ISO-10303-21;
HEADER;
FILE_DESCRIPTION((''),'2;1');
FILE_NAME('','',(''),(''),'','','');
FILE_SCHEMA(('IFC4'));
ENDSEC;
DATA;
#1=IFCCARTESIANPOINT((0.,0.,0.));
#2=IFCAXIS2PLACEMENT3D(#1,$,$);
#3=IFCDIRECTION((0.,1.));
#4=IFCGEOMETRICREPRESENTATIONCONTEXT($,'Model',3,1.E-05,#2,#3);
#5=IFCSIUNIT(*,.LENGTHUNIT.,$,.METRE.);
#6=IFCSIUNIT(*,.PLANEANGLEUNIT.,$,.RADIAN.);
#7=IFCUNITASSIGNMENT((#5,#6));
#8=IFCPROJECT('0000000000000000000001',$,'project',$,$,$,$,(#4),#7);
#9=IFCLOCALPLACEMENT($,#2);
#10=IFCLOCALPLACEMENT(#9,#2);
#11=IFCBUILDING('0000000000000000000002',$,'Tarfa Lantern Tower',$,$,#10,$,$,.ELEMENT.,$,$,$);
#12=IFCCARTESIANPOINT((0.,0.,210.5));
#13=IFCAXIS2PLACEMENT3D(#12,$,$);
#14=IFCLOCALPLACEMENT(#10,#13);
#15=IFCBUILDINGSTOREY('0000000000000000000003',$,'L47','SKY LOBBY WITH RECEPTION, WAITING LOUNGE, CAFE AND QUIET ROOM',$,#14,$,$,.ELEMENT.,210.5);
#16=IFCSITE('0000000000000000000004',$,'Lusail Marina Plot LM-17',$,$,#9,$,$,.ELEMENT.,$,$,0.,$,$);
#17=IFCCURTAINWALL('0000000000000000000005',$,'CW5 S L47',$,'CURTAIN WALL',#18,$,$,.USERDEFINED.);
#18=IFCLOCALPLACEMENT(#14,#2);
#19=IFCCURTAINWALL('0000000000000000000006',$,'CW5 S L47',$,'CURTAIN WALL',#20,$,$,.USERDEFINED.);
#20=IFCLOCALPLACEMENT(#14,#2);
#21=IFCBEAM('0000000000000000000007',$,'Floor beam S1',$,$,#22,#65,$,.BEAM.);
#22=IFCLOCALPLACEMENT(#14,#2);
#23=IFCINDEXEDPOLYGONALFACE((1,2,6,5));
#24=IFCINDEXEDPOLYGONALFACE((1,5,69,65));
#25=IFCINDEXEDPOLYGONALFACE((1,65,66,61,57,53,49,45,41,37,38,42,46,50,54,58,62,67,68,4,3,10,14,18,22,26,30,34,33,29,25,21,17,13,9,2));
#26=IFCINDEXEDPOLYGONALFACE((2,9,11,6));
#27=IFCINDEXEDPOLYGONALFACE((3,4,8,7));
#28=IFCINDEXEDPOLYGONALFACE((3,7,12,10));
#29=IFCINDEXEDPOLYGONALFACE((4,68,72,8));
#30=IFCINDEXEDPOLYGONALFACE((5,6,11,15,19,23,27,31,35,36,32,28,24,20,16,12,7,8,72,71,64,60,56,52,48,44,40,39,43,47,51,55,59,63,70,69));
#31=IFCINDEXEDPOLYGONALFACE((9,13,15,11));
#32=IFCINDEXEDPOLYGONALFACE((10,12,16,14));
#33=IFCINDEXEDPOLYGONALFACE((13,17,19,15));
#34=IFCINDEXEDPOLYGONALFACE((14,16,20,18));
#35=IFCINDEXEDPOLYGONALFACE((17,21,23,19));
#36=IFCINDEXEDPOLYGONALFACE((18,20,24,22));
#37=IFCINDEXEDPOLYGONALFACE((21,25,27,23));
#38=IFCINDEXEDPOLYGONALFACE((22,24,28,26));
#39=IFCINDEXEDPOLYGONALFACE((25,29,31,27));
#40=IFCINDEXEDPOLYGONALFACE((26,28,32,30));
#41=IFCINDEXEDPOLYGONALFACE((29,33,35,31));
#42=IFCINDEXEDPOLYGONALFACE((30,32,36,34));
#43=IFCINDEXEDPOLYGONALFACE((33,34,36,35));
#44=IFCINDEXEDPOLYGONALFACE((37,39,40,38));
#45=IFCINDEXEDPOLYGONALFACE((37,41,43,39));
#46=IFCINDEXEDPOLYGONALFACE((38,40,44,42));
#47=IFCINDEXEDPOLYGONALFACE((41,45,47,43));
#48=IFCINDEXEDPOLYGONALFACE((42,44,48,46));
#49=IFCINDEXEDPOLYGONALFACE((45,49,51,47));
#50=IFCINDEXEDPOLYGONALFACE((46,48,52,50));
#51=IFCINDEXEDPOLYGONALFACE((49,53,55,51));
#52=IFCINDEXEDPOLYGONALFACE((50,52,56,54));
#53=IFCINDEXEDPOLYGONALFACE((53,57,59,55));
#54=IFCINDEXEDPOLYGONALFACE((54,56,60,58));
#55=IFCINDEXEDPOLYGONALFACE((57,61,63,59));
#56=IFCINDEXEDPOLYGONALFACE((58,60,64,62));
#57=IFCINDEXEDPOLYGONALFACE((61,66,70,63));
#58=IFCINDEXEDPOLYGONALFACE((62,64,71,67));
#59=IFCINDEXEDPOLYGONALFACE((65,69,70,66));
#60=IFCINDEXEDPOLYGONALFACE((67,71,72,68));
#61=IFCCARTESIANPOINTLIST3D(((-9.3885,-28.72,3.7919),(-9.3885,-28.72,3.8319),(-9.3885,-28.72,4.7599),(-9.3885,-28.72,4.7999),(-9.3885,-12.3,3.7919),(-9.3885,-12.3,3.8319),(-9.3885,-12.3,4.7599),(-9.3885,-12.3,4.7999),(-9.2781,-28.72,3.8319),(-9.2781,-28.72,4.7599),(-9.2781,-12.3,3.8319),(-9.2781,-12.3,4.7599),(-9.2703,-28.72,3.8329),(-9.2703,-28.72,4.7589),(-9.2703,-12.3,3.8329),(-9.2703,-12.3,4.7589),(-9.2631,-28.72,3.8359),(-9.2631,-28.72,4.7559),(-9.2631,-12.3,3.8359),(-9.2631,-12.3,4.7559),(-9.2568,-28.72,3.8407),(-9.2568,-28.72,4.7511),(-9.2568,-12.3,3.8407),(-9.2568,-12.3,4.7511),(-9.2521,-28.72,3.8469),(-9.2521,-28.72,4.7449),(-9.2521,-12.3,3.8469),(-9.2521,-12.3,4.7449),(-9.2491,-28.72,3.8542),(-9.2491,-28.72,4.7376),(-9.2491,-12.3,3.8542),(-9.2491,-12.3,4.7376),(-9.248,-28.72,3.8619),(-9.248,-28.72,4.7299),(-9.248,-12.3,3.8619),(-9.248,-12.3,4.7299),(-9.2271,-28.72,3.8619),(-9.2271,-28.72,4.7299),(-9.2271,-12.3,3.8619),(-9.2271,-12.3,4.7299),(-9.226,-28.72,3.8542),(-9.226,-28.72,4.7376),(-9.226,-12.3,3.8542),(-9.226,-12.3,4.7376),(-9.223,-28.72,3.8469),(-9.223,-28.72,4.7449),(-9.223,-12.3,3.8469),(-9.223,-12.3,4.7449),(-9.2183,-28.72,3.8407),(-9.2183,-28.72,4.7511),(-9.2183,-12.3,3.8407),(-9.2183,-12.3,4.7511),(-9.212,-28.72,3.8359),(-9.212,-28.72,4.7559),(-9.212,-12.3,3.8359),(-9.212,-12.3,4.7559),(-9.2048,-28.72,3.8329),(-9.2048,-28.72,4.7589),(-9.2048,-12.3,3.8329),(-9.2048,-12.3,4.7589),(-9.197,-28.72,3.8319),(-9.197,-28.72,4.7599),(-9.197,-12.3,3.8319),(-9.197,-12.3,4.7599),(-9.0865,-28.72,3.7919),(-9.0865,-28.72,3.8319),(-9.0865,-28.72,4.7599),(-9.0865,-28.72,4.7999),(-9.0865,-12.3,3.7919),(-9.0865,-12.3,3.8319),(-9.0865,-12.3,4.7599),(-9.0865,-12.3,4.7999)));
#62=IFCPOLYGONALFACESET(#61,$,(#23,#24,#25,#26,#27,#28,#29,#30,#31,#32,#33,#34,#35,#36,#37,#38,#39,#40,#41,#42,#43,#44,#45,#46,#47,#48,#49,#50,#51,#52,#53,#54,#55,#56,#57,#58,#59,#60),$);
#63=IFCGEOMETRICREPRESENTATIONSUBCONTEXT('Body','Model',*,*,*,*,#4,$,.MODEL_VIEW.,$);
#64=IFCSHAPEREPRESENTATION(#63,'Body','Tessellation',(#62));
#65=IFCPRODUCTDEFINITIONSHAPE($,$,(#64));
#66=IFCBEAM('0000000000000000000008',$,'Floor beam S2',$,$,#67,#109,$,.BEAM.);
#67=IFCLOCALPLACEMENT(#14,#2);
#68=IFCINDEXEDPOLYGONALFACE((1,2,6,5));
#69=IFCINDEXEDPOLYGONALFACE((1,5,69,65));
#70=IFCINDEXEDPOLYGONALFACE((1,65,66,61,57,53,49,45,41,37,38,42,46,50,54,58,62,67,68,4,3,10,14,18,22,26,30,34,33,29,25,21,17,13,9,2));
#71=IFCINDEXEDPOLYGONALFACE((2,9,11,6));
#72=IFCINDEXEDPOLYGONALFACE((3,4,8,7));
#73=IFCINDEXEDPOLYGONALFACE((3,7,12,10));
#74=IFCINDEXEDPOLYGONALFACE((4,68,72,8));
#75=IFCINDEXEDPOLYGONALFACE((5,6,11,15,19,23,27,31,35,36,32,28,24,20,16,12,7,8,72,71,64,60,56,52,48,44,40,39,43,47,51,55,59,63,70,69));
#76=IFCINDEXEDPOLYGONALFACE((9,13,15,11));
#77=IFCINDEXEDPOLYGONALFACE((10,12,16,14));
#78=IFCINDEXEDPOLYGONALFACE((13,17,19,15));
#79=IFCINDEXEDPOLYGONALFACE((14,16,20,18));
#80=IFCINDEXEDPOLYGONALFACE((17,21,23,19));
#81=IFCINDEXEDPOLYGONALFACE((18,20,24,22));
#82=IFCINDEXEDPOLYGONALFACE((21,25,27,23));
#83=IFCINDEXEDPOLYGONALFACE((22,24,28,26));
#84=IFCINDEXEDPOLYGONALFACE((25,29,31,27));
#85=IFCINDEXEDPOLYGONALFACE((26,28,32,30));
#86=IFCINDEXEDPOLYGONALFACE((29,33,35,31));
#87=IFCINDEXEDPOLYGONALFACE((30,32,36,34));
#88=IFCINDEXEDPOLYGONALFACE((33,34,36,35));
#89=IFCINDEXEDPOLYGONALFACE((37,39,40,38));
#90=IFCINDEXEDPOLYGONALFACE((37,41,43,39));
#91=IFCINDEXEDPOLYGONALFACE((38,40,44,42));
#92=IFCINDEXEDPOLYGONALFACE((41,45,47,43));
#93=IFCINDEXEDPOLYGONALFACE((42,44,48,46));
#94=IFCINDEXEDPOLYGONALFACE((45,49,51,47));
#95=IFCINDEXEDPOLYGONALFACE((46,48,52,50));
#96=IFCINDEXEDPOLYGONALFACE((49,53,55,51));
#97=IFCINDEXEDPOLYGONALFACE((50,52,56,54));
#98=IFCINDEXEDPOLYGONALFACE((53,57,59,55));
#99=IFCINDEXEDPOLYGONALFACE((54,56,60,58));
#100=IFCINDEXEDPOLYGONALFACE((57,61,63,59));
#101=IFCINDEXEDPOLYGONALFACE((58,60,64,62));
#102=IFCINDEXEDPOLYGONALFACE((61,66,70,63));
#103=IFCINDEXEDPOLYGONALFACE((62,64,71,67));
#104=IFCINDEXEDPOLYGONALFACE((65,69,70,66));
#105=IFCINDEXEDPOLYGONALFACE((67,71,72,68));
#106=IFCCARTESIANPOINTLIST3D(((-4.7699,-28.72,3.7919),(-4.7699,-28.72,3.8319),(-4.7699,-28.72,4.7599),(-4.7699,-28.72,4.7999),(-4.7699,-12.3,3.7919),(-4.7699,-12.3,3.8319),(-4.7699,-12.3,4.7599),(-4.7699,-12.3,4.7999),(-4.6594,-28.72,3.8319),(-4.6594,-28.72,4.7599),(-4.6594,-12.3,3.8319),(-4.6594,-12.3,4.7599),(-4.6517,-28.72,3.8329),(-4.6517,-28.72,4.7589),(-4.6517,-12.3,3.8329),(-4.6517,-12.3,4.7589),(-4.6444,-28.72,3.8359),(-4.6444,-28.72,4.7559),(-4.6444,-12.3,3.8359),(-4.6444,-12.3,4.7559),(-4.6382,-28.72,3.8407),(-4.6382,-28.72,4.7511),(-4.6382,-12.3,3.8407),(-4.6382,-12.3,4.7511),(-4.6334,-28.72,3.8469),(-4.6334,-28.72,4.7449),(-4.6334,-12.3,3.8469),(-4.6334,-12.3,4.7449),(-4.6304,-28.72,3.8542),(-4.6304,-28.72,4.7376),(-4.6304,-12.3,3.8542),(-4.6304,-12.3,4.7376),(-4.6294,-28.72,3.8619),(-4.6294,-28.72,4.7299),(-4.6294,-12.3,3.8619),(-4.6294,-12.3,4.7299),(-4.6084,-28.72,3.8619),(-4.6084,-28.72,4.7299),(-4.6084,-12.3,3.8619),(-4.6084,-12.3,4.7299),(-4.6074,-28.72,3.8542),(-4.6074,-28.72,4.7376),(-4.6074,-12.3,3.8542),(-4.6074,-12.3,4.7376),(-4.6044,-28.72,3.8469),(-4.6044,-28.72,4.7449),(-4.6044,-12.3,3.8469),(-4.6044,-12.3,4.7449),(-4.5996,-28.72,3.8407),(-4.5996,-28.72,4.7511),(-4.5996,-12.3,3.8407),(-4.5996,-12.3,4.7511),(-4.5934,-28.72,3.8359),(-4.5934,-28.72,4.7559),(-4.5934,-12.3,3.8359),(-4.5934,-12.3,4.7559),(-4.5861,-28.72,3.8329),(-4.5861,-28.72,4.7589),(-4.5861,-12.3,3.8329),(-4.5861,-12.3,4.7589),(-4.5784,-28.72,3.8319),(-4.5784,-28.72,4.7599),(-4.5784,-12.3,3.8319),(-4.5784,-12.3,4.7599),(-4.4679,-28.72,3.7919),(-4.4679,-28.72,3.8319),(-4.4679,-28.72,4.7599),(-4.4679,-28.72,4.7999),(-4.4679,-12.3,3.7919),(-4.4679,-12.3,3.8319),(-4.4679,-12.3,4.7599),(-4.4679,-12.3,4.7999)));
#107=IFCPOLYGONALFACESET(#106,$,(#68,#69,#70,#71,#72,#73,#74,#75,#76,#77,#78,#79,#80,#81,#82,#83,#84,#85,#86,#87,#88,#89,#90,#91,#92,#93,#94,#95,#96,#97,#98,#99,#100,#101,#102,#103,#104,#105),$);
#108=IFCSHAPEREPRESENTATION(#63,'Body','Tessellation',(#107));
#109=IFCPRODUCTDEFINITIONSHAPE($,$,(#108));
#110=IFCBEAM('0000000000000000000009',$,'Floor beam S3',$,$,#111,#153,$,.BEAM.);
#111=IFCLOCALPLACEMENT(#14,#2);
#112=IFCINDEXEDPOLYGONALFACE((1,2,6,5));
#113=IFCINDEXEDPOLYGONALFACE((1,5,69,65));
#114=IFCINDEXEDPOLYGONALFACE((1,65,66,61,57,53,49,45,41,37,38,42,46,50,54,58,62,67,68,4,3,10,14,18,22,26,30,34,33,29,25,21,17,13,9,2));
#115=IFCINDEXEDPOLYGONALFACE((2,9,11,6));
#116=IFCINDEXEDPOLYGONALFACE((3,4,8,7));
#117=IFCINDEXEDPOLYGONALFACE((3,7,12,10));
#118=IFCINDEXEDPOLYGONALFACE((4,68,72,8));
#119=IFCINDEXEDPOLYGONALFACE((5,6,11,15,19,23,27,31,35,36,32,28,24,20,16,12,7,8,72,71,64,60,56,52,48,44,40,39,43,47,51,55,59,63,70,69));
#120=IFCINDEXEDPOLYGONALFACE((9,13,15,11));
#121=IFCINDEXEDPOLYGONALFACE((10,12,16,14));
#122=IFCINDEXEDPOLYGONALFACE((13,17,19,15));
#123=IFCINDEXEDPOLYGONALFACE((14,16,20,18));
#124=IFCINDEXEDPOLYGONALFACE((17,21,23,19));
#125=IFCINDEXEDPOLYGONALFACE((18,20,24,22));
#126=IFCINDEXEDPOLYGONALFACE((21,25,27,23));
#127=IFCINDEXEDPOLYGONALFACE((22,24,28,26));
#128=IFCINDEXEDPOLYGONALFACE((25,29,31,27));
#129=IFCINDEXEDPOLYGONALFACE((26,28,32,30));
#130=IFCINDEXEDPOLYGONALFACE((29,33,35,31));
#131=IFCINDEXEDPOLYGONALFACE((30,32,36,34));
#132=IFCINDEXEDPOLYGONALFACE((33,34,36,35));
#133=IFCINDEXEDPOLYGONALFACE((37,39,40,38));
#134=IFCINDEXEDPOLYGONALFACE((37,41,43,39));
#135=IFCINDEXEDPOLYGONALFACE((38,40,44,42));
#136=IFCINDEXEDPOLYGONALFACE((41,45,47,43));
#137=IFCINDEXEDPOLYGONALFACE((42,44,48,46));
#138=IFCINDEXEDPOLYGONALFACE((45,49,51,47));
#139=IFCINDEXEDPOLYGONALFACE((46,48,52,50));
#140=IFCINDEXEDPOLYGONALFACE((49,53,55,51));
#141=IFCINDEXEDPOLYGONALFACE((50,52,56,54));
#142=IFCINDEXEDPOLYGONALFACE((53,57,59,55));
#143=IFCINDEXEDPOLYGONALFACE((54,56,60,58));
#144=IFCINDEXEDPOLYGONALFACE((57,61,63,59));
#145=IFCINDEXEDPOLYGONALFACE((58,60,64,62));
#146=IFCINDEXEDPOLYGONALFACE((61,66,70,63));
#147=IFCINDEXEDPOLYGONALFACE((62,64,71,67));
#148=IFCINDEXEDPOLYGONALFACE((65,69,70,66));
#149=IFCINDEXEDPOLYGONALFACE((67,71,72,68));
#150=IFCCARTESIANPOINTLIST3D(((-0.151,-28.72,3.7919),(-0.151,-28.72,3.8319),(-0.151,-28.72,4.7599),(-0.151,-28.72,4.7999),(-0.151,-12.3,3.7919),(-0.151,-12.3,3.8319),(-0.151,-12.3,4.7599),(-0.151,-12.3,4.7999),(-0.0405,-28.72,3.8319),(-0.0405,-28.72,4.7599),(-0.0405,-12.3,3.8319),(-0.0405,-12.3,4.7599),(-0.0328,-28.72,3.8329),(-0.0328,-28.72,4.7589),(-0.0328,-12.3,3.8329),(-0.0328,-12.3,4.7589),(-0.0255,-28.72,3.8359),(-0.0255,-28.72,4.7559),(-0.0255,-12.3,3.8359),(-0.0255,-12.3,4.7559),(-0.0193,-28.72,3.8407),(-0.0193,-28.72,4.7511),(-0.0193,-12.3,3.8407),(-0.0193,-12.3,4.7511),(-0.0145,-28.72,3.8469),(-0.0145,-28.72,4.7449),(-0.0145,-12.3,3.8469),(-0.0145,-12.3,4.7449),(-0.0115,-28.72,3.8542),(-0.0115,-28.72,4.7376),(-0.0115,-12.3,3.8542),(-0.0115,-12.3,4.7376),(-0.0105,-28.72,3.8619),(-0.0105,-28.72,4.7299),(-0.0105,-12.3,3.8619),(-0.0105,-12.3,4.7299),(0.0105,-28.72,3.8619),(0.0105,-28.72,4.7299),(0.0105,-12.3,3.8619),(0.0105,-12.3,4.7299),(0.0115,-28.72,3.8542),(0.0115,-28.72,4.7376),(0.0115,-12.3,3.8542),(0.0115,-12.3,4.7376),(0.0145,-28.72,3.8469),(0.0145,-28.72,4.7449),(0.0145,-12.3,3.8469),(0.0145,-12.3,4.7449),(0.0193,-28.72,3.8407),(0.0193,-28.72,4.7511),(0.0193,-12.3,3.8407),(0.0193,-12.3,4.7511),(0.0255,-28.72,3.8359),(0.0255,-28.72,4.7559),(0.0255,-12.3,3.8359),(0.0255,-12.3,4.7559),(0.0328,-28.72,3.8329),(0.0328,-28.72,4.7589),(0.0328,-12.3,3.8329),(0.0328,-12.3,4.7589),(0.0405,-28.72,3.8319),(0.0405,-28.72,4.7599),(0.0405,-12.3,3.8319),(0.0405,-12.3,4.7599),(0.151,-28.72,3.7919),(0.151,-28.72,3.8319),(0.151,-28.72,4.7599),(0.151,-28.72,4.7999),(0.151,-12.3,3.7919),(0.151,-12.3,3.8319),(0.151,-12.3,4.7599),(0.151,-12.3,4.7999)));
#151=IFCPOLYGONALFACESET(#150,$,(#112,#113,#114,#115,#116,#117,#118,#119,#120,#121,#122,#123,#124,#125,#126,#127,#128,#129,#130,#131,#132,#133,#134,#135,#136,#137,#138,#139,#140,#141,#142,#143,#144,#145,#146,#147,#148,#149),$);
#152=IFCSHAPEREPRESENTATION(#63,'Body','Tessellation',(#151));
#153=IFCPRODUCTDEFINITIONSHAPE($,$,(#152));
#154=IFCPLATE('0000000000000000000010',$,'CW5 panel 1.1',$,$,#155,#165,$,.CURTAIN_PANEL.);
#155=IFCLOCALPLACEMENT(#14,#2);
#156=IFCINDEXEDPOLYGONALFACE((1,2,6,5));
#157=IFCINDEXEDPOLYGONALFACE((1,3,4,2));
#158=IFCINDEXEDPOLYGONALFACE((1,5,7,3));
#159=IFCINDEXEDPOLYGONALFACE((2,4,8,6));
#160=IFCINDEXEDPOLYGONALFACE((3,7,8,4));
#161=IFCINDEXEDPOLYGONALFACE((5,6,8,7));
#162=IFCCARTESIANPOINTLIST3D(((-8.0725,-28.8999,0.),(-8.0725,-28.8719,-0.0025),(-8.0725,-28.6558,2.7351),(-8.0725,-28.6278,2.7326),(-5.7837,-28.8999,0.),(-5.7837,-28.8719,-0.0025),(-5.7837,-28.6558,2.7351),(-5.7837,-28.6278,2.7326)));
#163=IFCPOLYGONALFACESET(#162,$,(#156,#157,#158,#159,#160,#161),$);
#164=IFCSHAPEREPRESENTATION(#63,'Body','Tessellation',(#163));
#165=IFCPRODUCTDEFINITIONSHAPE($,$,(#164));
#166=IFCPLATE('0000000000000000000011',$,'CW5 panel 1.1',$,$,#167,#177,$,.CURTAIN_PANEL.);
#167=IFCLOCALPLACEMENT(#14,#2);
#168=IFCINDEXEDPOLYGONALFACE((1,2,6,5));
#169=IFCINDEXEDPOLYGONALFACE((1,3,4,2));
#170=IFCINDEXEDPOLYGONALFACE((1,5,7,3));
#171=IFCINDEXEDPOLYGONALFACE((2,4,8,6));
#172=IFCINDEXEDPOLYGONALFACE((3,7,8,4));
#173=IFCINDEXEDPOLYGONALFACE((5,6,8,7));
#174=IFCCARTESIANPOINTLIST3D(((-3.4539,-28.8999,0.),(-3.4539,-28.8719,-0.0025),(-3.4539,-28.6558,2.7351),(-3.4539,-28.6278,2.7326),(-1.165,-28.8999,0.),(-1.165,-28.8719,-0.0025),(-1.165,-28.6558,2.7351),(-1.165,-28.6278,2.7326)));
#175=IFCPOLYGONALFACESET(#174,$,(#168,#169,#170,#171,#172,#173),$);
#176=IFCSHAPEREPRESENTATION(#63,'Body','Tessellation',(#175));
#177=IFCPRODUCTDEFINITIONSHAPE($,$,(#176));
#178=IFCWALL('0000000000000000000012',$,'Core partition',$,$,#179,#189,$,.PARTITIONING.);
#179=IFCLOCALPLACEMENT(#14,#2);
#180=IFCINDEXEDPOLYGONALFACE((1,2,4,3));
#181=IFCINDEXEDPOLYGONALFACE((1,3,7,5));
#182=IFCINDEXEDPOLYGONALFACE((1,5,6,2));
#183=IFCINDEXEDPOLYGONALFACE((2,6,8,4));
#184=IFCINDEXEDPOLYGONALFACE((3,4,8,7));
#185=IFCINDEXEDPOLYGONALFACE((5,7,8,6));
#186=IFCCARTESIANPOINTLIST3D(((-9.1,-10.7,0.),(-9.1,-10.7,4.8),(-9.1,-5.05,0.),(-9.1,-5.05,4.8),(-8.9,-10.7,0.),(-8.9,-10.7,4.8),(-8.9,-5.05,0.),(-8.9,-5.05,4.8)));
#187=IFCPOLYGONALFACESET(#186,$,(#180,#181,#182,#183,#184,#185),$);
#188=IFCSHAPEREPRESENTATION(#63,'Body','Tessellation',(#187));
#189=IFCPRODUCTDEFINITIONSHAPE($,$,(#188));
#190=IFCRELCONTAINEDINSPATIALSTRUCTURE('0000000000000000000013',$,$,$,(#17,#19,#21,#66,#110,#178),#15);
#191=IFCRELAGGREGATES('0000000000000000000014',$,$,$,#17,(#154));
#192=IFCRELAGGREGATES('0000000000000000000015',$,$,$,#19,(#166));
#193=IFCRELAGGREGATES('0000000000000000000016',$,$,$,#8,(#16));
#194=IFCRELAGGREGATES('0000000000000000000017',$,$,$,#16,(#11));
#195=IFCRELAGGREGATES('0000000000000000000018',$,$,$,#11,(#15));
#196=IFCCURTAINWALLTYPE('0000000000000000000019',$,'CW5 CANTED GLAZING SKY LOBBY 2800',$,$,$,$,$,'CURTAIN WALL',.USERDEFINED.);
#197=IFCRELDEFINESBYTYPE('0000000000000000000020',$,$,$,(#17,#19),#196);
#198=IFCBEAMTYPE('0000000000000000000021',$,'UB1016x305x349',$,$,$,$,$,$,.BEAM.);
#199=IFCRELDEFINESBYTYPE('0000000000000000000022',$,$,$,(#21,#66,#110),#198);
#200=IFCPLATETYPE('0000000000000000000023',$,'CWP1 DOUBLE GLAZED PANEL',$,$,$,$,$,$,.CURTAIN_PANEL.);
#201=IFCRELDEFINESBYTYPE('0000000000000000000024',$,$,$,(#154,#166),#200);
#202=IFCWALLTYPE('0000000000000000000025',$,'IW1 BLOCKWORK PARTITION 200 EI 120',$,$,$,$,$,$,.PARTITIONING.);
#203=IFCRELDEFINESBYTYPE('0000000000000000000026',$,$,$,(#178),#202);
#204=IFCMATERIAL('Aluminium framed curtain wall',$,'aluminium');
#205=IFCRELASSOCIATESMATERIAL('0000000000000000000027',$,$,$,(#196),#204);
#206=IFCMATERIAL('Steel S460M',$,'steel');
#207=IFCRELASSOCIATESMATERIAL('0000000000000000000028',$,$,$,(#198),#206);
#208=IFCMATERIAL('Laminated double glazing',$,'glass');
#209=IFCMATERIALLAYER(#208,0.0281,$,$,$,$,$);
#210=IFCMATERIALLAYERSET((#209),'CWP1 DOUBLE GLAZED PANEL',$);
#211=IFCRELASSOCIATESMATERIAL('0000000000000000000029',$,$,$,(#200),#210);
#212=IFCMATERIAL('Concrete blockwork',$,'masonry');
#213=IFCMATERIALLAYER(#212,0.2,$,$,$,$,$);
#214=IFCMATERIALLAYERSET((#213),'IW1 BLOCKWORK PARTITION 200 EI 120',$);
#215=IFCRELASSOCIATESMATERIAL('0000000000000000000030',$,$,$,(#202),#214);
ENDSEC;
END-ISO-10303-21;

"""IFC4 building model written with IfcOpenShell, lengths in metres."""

from ifc_helpers import new_model, si_unit, direction, frame, frame_2d, origin, origin_2d, place, context, subcontext, project, spatial, polyline, rectangle, i_section, outline, extrude, material, layer, layer_set, material_profile, profile_set, type_object, element, aggregate, save


model = new_model("IFC4")

# Units and contexts
model_context = context("Model", 3, precision=1e-05, world=origin(), true_north=direction((0.0, 1.0)))
body_context = subcontext(model_context, "Body", "Model", "MODEL_VIEW")
ifc_project = project(units=[si_unit("LENGTHUNIT", "METRE"), si_unit("PLANEANGLEUNIT", "RADIAN")], contexts=[model_context])

# Site, building, storey
site_placement = place(None, origin())
site = spatial("IfcSite", under=ifc_project, at=site_placement, Name="Lusail Marina Plot LM-17", CompositionType="ELEMENT", RefElevation=0.0)
building_placement = place(site_placement, origin())
building = spatial("IfcBuilding", under=site, at=building_placement, Name="Tarfa Lantern Tower", CompositionType="ELEMENT")
storey_placement = place(building_placement, frame((0.0, 0.0, 210.5)))
storey = spatial("IfcBuildingStorey", under=building, at=storey_placement, Name="L47", Description="SKY LOBBY WITH RECEPTION, WAITING LOUNGE, CAFE AND QUIET ROOM", CompositionType="ELEMENT", Elevation=210.5)

# Shared definitions
ifc_material_1 = material(Name="Steel S460M", Category="steel")

# Shared definitions
ifc_material_2 = material(Name="Aluminium framed curtain wall", Category="aluminium")
curtain_wall_type = type_object("IfcCurtainWallType", Name="CW5 CANTED GLAZING SKY LOBBY 2800", ElementType="CURTAIN WALL", PredefinedType="USERDEFINED", material=ifc_material_2)

# Curtain walls
curtain_wall_1_placement = place(storey_placement, origin())
curtain_wall_1 = element("IfcCurtainWall", 1, at=curtain_wall_1_placement, inside=storey, type_object=curtain_wall_type, Name="CW5 S L47", ObjectType="CURTAIN WALL", PredefinedType="USERDEFINED")
curtain_wall_2_placement = place(storey_placement, origin())
curtain_wall_2 = element("IfcCurtainWall", 2, at=curtain_wall_2_placement, inside=storey, type_object=curtain_wall_type, Name="CW5 S L47", ObjectType="CURTAIN WALL", PredefinedType="USERDEFINED")

# Beams
ifc_material_profile_1 = material_profile(ifc_material_1, i_section(OverallWidth=0.302, OverallDepth=1.0081, WebThickness=0.021, FlangeThickness=0.04, FilletRadius=0.03, at=origin_2d()), Name="UB1016x305x349")
ifc_profile_set_1 = profile_set([ifc_material_profile_1], Name="Steel S460M")
beam_type_1 = type_object("IfcBeamType", Name="UB1016x305x349", PredefinedType="BEAM", material=ifc_profile_set_1)
for number, where, z_axis, x_axis, name in (
    (3, (-9.2375, -28.72, 4.2959), (0.0, 1.0, 0.0), (-1.0, 0.0, 0.0), "Floor beam S1"),
    (4, (-4.6189, -28.72, 4.2959), (0.0, 1.0, 0.0), (-1.0, 0.0, 0.0), "Floor beam S2"),
    (5, (0.0, -28.72, 4.2959), (0.0, 1.0, 0.0), (-1.0, 0.0, 0.0), "Floor beam S3"),
):
    element("IfcBeam", number, at=place(storey_placement, frame(where, z_axis=z_axis, x_axis=x_axis)), inside=storey, type_object=beam_type_1, Name=name, PredefinedType="BEAM", context=body_context, shape_type="SweptSolid", body=[
        extrude(i_section(OverallWidth=0.302, OverallDepth=1.0081, WebThickness=0.021, FlangeThickness=0.04, FilletRadius=0.03, at=origin_2d()), origin(), (0.0, 0.0, 1.0), 16.4199),
    ])

# Plates
ifc_material_3 = material(Name="Laminated double glazing", Category="glass")
ifc_layer_1 = layer(ifc_material_3, 0.0281)
ifc_layer_set_1 = layer_set([ifc_layer_1], Name="CWP1 DOUBLE GLAZED PANEL")
plate_type = type_object("IfcPlateType", Name="CWP1 DOUBLE GLAZED PANEL", PredefinedType="CURTAIN_PANEL", material=ifc_layer_set_1)
plate_1_placement = place(storey_placement, frame((-8.0725, -28.8999, 0.0), z_axis=(0.0, -0.99604, 0.088908), x_axis=(1.0, 0.0, 0.0)))
plate_1 = element("IfcPlate", 6, at=plate_1_placement, type_object=plate_type, Name="CW5 panel 1.1", PredefinedType="CURTAIN_PANEL", context=body_context, shape_type="SweptSolid", body=[
    extrude(outline(polyline([(0.0, 0.0), (2.2888, 0.0), (2.2888, 2.746), (0.0, 2.746), (0.0, 0.0)])), origin(), (0.0, 0.0, -1.0), 0.0281),
])
aggregate(curtain_wall_1, [plate_1])
plate_2_placement = place(storey_placement, frame((-3.4539, -28.8999, 0.0), z_axis=(0.0, -0.99604, 0.088908), x_axis=(1.0, 0.0, 0.0)))
plate_2 = element("IfcPlate", 7, at=plate_2_placement, type_object=plate_type, Name="CW5 panel 1.1", PredefinedType="CURTAIN_PANEL", context=body_context, shape_type="SweptSolid", body=[
    extrude(outline(polyline([(0.0, 0.0), (2.2888, 0.0), (2.2888, 2.746), (0.0, 2.746), (0.0, 0.0)])), origin(), (0.0, 0.0, -1.0), 0.0281),
])
aggregate(curtain_wall_2, [plate_2])

# Wall
ifc_material_4 = material(Name="Concrete blockwork", Category="masonry")
ifc_layer_2 = layer(ifc_material_4, 0.2)
ifc_layer_set_2 = layer_set([ifc_layer_2], Name="IW1 BLOCKWORK PARTITION 200 EI 120")
wall_type_1 = type_object("IfcWallType", Name="IW1 BLOCKWORK PARTITION 200 EI 120", PredefinedType="PARTITIONING", material=ifc_layer_set_2)
wall_1_placement = place(storey_placement, frame((-9.0, -5.05, 0.0), z_axis=(0.0, 0.0, 1.0), x_axis=(0.0, -1.0, 0.0)))
element("IfcWall", 8, at=wall_1_placement, inside=storey, type_object=wall_type_1, Name="Core partition", PredefinedType="PARTITIONING", context=body_context, shape_type="SweptSolid", body=[
    extrude(rectangle(XDim=5.6499, YDim=0.2, at=frame_2d((2.825, 0.0))), origin(), (0.0, 0.0, 1.0), 4.8),
])

save(model, "model.ifc")
